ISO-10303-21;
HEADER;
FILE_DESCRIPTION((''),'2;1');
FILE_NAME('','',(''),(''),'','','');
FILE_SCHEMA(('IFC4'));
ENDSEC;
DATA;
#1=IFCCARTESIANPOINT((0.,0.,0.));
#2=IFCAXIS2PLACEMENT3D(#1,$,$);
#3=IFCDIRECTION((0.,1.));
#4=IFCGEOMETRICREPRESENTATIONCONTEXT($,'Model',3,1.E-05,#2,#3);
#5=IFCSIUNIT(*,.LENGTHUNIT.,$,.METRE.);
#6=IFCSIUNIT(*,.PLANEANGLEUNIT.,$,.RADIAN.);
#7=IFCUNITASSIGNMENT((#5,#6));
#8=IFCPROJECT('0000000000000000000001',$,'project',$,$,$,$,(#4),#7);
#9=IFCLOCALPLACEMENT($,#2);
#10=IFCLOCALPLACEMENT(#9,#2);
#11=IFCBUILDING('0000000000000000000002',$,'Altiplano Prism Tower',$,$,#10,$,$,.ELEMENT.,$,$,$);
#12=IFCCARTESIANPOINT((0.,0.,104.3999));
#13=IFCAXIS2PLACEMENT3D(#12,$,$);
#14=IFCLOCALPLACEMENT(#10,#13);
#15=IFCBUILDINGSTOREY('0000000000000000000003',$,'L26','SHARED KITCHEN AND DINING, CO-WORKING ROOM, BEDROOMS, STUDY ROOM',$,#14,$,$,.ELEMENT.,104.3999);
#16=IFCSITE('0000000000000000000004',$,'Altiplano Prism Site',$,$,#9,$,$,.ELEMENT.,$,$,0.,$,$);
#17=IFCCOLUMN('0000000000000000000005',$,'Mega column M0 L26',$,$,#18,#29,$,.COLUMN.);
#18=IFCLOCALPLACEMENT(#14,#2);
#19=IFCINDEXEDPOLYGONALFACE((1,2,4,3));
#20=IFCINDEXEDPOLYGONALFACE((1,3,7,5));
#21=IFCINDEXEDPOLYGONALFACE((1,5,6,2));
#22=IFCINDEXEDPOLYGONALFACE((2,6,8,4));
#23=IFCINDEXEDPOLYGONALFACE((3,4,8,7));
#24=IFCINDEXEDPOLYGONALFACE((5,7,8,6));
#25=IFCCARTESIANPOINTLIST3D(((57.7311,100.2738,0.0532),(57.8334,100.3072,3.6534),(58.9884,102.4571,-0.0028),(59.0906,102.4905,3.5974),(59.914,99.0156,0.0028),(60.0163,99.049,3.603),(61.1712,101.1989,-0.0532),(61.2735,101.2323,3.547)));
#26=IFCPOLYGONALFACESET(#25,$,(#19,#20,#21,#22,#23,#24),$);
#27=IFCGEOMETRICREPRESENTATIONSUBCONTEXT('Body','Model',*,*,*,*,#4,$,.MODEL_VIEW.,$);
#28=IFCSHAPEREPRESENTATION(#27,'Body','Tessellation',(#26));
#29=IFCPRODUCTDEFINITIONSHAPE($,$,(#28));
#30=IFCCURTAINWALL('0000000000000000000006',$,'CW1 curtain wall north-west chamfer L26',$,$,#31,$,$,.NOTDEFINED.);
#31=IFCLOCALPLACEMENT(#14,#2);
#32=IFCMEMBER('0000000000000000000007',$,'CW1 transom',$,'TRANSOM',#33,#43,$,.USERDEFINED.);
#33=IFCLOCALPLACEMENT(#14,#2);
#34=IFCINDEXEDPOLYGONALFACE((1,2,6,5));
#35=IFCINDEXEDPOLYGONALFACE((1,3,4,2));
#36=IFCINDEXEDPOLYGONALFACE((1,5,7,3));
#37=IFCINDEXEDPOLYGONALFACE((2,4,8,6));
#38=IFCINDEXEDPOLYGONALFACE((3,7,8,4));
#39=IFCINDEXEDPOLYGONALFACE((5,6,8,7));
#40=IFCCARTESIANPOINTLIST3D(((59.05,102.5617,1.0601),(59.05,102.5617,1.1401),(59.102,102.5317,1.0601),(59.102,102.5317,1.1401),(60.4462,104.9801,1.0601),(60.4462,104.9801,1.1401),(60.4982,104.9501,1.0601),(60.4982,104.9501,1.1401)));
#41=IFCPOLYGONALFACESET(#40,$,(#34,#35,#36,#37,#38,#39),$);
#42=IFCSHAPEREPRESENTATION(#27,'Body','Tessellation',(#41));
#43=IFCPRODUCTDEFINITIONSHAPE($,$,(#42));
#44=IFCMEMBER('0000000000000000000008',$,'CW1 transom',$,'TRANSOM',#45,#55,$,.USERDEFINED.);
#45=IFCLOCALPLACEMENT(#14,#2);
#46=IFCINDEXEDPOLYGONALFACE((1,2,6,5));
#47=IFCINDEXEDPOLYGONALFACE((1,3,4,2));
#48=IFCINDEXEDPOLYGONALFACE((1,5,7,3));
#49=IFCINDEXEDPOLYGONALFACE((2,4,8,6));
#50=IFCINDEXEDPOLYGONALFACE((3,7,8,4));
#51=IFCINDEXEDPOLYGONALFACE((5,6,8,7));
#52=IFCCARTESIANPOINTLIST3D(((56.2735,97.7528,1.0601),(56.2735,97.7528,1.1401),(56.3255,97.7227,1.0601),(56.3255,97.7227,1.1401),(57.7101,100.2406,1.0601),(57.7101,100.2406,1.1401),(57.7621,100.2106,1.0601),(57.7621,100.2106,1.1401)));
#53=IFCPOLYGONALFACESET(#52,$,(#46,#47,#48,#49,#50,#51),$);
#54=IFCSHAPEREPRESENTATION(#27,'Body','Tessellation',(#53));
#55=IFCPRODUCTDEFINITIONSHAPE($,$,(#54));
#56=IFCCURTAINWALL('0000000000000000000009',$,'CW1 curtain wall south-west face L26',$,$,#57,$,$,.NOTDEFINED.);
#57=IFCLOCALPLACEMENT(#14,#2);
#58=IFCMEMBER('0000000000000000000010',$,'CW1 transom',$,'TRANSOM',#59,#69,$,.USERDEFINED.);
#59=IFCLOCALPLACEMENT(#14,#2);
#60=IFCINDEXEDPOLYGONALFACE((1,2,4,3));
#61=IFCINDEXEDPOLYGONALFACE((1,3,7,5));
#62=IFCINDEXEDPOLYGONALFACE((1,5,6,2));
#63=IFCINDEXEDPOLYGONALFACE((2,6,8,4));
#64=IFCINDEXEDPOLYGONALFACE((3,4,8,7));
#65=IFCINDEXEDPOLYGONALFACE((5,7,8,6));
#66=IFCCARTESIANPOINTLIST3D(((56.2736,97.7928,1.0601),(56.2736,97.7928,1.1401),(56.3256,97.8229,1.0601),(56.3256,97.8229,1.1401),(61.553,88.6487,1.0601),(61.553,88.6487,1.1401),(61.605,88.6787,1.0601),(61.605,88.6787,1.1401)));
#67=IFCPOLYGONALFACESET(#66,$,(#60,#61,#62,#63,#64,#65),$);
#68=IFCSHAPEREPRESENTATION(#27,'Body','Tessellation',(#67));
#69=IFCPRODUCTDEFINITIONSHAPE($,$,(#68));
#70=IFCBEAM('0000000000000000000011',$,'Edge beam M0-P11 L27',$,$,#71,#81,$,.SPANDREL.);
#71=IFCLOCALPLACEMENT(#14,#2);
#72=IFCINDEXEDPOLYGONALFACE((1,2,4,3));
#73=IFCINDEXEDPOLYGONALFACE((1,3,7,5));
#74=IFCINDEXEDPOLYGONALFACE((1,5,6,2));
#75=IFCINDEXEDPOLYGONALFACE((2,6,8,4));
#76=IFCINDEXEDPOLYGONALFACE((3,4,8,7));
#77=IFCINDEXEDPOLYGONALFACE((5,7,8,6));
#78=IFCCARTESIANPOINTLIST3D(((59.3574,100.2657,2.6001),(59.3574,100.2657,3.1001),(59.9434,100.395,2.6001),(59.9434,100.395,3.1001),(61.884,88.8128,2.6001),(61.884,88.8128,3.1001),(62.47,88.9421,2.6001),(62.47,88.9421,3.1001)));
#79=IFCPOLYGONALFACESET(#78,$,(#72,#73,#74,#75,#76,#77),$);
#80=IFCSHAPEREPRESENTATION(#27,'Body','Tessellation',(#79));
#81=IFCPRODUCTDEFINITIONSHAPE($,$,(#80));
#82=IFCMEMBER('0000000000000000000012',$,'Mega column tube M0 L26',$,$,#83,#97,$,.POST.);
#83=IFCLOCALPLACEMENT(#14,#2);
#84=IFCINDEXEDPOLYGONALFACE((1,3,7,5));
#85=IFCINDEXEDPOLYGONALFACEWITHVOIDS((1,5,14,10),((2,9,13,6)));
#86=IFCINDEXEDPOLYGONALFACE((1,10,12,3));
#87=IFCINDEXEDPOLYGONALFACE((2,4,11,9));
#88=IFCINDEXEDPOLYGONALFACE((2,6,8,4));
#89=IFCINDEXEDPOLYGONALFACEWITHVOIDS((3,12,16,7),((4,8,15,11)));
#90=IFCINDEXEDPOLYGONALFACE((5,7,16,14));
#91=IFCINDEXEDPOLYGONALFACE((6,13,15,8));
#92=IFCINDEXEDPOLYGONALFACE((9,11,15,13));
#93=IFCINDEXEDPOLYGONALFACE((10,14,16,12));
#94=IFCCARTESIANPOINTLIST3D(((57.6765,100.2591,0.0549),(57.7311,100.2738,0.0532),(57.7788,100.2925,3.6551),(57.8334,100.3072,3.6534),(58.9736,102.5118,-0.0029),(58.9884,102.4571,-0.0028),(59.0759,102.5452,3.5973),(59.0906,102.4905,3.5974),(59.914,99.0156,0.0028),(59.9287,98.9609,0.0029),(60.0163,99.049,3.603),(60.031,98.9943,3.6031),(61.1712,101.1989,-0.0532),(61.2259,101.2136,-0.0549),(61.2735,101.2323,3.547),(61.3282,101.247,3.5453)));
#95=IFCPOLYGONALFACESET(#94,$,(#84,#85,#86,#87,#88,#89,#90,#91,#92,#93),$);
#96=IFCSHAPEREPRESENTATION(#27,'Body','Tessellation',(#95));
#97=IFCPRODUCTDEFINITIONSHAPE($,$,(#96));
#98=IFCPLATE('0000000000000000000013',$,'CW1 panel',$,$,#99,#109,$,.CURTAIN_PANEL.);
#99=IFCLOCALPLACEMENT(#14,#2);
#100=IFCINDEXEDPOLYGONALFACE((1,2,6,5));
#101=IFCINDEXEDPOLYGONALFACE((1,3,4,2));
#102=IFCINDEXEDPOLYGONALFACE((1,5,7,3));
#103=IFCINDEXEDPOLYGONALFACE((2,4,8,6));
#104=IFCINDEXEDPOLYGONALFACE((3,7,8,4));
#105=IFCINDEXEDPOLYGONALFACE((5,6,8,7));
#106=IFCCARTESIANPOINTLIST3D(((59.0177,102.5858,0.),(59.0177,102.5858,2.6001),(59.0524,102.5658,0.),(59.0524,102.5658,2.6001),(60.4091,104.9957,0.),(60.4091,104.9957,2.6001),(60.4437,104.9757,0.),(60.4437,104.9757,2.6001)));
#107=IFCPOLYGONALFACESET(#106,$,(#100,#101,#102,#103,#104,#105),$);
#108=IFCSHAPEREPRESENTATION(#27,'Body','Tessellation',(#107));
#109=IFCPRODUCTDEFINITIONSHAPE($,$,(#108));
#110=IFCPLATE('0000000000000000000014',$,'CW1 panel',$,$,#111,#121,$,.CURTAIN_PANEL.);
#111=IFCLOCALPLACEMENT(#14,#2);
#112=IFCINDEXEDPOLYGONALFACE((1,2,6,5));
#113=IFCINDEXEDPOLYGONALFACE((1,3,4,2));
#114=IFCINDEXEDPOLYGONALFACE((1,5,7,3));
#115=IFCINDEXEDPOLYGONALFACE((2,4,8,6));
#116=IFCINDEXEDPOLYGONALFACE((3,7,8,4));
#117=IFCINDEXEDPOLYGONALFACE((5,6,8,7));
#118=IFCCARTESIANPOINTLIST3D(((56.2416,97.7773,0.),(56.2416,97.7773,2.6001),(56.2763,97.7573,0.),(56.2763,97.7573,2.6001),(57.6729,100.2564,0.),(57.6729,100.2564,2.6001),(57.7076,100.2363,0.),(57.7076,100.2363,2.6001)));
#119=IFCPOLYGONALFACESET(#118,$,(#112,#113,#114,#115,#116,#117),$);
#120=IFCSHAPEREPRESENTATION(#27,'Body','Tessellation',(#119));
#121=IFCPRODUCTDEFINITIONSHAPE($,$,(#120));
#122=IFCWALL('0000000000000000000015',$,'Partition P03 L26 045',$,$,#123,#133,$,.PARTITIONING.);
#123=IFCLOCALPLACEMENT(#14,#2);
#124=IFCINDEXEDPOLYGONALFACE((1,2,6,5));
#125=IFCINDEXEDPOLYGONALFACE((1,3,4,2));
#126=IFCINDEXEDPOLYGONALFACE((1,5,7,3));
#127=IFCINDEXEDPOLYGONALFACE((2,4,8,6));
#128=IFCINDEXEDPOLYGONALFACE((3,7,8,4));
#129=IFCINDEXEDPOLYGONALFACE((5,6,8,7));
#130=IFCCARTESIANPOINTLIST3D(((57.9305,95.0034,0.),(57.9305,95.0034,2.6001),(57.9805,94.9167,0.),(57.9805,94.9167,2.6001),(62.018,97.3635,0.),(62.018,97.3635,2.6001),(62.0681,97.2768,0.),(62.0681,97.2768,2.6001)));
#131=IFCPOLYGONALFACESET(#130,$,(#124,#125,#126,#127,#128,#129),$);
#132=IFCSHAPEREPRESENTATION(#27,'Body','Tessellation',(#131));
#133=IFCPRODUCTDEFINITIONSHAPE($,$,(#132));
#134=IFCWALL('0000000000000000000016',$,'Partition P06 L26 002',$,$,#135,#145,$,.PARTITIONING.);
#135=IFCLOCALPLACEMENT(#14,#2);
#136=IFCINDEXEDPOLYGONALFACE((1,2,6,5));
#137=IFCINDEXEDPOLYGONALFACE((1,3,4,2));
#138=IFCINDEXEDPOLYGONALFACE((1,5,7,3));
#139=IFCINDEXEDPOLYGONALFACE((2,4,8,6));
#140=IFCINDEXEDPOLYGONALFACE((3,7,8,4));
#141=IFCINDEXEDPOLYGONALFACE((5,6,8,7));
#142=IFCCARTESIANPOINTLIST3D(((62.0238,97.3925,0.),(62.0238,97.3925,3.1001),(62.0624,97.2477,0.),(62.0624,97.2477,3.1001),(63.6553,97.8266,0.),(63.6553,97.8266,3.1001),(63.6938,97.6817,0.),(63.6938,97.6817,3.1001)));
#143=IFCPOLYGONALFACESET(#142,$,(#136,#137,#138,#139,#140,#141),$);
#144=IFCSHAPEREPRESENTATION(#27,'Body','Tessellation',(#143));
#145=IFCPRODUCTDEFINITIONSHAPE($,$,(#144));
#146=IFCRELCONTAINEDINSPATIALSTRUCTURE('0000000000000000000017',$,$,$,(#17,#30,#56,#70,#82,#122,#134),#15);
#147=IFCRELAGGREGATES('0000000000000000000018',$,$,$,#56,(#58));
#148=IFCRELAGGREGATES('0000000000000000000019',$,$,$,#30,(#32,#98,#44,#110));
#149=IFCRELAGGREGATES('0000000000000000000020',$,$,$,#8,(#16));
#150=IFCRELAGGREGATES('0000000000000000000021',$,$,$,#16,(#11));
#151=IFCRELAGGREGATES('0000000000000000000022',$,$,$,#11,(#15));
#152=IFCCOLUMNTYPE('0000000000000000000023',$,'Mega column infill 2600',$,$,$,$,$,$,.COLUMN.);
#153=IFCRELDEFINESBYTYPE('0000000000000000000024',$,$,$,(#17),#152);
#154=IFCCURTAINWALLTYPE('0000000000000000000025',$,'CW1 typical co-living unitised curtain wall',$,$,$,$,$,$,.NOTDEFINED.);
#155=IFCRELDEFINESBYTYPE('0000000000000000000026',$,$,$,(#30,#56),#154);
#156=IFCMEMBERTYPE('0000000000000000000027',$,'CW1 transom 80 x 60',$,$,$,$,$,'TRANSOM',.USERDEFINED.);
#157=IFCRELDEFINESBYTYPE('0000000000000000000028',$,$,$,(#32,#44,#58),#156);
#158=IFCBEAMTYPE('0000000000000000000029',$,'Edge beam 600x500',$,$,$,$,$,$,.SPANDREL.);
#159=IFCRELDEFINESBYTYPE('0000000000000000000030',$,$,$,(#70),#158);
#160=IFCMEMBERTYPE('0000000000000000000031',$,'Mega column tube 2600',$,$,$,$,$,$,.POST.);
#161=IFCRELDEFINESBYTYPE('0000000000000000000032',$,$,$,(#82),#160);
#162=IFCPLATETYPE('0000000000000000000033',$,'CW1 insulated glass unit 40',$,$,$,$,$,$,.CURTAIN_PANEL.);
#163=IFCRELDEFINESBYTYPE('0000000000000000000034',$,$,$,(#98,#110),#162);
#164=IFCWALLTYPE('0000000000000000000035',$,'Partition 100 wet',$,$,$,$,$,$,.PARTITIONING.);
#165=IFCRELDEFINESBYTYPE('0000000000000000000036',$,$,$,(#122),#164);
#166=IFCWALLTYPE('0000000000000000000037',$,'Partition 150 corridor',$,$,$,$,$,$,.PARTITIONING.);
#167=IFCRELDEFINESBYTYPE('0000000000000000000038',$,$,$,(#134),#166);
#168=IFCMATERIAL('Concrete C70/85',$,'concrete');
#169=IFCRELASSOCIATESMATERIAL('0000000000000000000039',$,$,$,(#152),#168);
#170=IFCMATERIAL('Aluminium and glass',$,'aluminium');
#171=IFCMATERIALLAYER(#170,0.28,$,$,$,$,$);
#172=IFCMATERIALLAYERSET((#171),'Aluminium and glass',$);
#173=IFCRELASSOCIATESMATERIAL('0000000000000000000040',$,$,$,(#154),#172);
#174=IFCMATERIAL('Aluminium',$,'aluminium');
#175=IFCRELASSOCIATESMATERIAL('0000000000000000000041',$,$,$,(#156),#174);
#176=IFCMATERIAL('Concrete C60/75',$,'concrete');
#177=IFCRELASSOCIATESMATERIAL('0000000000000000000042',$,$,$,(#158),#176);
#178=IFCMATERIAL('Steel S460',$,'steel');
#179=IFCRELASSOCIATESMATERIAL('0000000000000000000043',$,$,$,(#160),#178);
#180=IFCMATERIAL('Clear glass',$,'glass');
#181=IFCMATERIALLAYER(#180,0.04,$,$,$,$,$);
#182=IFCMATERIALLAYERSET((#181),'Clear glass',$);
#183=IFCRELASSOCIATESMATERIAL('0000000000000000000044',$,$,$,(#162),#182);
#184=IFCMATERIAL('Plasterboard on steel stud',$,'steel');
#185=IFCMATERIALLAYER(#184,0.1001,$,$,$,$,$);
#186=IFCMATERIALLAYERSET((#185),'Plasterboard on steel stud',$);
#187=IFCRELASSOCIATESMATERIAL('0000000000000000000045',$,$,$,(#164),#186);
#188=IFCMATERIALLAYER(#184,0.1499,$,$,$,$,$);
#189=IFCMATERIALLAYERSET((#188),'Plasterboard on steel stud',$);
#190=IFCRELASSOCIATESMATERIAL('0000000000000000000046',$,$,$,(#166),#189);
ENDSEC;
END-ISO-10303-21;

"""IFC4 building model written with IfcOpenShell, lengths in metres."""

from ifc_helpers import new_model, si_unit, direction, frame, frame_2d, origin, origin_2d, place, context, subcontext, project, spatial, rectangle, hollow_rectangle, extrude, material, layer, layer_set, material_profile, profile_set, type_object, element, aggregate, save


model = new_model("IFC4")

# Units and contexts
model_context = context("Model", 3, precision=1e-05, world=origin(), true_north=direction((0.0, 1.0)))
body_context = subcontext(model_context, "Body", "Model", "MODEL_VIEW")
ifc_project = project(units=[si_unit("LENGTHUNIT", "METRE"), si_unit("PLANEANGLEUNIT", "RADIAN")], contexts=[model_context])

# Site, building, storey
site_placement = place(None, origin())
site = spatial("IfcSite", under=ifc_project, at=site_placement, Name="Altiplano Prism Site", CompositionType="ELEMENT", RefElevation=0.0)
building_placement = place(site_placement, origin())
building = spatial("IfcBuilding", under=site, at=building_placement, Name="Altiplano Prism Tower", CompositionType="ELEMENT")
storey_placement = place(building_placement, frame((0.0, 0.0, 104.3999)))
storey = spatial("IfcBuildingStorey", under=building, at=storey_placement, Name="L26", Description="SHARED KITCHEN AND DINING, CO-WORKING ROOM, BEDROOMS, STUDY ROOM", CompositionType="ELEMENT", Elevation=104.3999)

# Column
ifc_material_1 = material(Name="Concrete C70/85", Category="concrete")
ifc_material_profile_1 = material_profile(ifc_material_1, rectangle(XDim=2.52, YDim=2.52, at=origin_2d()), Name="Mega column infill 2600")
ifc_profile_set_1 = profile_set([ifc_material_profile_1], Name="Concrete C70/85")
column_type = type_object("IfcColumnType", Name="Mega column infill 2600", PredefinedType="COLUMN", material=ifc_profile_set_1)
column_placement = place(storey_placement, frame((59.4512, 100.7363, 0.0), z_axis=(0.028402, 0.009287, 0.999553), x_axis=(-0.866202, 0.499295, 0.019974)))
element("IfcColumn", 1, at=column_placement, inside=storey, type_object=column_type, Name="Mega column M0 L26", PredefinedType="COLUMN", context=body_context, shape_type="SweptSolid", body=[
    extrude(rectangle(XDim=2.52, YDim=2.52, at=origin_2d()), origin(), (0.0, 0.0, 1.0), 3.6018),
])

# Curtain wall, members
ifc_material_2 = material(Name="Aluminium and glass", Category="aluminium")
ifc_layer_1 = layer(ifc_material_2, 0.28)
ifc_layer_set_1 = layer_set([ifc_layer_1], Name="Aluminium and glass")
curtain_wall_type = type_object("IfcCurtainWallType", Name="CW1 typical co-living unitised curtain wall", PredefinedType="NOTDEFINED", material=ifc_layer_set_1)
curtain_wall_1_placement = place(storey_placement, origin())
curtain_wall_1 = element("IfcCurtainWall", 2, at=curtain_wall_1_placement, inside=storey, type_object=curtain_wall_type, Name="CW1 curtain wall north-west chamfer L26", PredefinedType="NOTDEFINED")
ifc_material_3 = material(Name="Aluminium", Category="aluminium")
ifc_material_profile_2 = material_profile(ifc_material_3, rectangle(XDim=0.0601, YDim=0.0801, at=origin_2d()), Name="CW1 transom 80 x 60")
ifc_profile_set_2 = profile_set([ifc_material_profile_2], Name="Aluminium")
member_type_1 = type_object("IfcMemberType", Name="CW1 transom 80 x 60", ElementType="TRANSOM", PredefinedType="USERDEFINED", material=ifc_profile_set_2)
member_1_placement = place(storey_placement, frame((60.4722, 104.9651, 1.1001), z_axis=(-0.499985, -0.866034, 0.0), x_axis=(0.866034, -0.499985, 0.0)))
member_1 = element("IfcMember", 3, at=member_1_placement, type_object=member_type_1, Name="CW1 transom", ObjectType="TRANSOM", PredefinedType="USERDEFINED", context=body_context, shape_type="SweptSolid", body=[
    extrude(rectangle(XDim=0.0601, YDim=0.0801, at=origin_2d()), origin(), (0.0, 0.0, 1.0), 2.7925),
])
member_2_placement = place(storey_placement, frame((57.7361, 100.2256, 1.1001), z_axis=(-0.500051, -0.865996, 0.0), x_axis=(0.865996, -0.500051, 0.0)))
member_2 = element("IfcMember", 4, at=member_2_placement, type_object=member_type_1, Name="CW1 transom", ObjectType="TRANSOM", PredefinedType="USERDEFINED", context=body_context, shape_type="SweptSolid", body=[
    extrude(rectangle(XDim=0.0601, YDim=0.0801, at=origin_2d()), origin(), (0.0, 0.0, 1.0), 2.8728),
])

# Curtain wall, member
curtain_wall_2_placement = place(storey_placement, origin())
curtain_wall_2 = element("IfcCurtainWall", 5, at=curtain_wall_2_placement, inside=storey, type_object=curtain_wall_type, Name="CW1 curtain wall south-west face L26", PredefinedType="NOTDEFINED")
member_3_placement = place(storey_placement, frame((56.2996, 97.8079, 1.1001), z_axis=(0.500006, -0.866022, 0.0), x_axis=(0.866022, 0.500006, 0.0)))
member_3 = element("IfcMember", 6, at=member_3_placement, type_object=member_type_1, Name="CW1 transom", ObjectType="TRANSOM", PredefinedType="USERDEFINED", context=body_context, shape_type="SweptSolid", body=[
    extrude(rectangle(XDim=0.0601, YDim=0.0801, at=origin_2d()), origin(), (0.0, 0.0, 1.0), 10.5588),
])
aggregate(curtain_wall_2, [member_3])

# Beam
ifc_material_4 = material(Name="Concrete C60/75", Category="concrete")
ifc_material_profile_3 = material_profile(ifc_material_4, rectangle(XDim=0.6001, YDim=0.5, at=origin_2d()), Name="Edge beam 600x500")
ifc_profile_set_3 = profile_set([ifc_material_profile_3], Name="Concrete C60/75")
beam_type = type_object("IfcBeamType", Name="Edge beam 600x500", PredefinedType="SPANDREL", material=ifc_profile_set_3)
beam_placement = place(storey_placement, frame((59.6504, 100.3303, 2.8501), z_axis=(0.215429, -0.976519, 0.0), x_axis=(0.976519, 0.215429, 0.0)))
element("IfcBeam", 7, at=beam_placement, inside=storey, type_object=beam_type, Name="Edge beam M0-P11 L27", PredefinedType="SPANDREL", context=body_context, shape_type="SweptSolid", body=[
    extrude(rectangle(XDim=0.6001, YDim=0.5, at=origin_2d()), origin(), (0.0, 0.0, 1.0), 11.7283),
])

# Member
ifc_material_5 = material(Name="Steel S460", Category="steel")
ifc_material_profile_4 = material_profile(ifc_material_5, hollow_rectangle(XDim=2.6001, YDim=2.6001, WallThickness=0.04, at=origin_2d()), Name="Mega column tube 2600")
ifc_profile_set_4 = profile_set([ifc_material_profile_4], Name="Steel S460")
member_type_2 = type_object("IfcMemberType", Name="Mega column tube 2600", PredefinedType="POST", material=ifc_profile_set_4)
member_4_placement = place(storey_placement, frame((59.4512, 100.7363, 0.0), z_axis=(0.028402, 0.009287, 0.999553), x_axis=(-0.866202, 0.499295, 0.019974)))
element("IfcMember", 8, at=member_4_placement, inside=storey, type_object=member_type_2, Name="Mega column tube M0 L26", PredefinedType="POST", context=body_context, shape_type="SweptSolid", body=[
    extrude(hollow_rectangle(XDim=2.6001, YDim=2.6001, WallThickness=0.04, at=origin_2d()), origin(), (0.0, 0.0, 1.0), 3.6018),
])

# Plates
ifc_material_6 = material(Name="Clear glass", Category="glass")
ifc_layer_2 = layer(ifc_material_6, 0.04)
ifc_layer_set_2 = layer_set([ifc_layer_2], Name="Clear glass")
plate_type = type_object("IfcPlateType", Name="CW1 insulated glass unit 40", PredefinedType="CURTAIN_PANEL", material=ifc_layer_set_2)
plate_1_placement = place(storey_placement, frame((59.7307, 103.7808, 0.0), z_axis=(0.0, 0.0, 1.0), x_axis=(-0.5, -0.866025, 0.0)))
plate_1 = element("IfcPlate", 9, at=plate_1_placement, type_object=plate_type, Name="CW1 panel", PredefinedType="CURTAIN_PANEL", context=body_context, shape_type="SweptSolid", body=[
    extrude(rectangle(XDim=2.7827, YDim=0.04, at=origin_2d()), origin(), (0.0, 0.0, 1.0), 2.6001),
])
plate_2_placement = place(storey_placement, frame((56.9746, 99.0068, 0.0), z_axis=(0.0, 0.0, 1.0), x_axis=(-0.5, -0.866025, 0.0)))
plate_2 = element("IfcPlate", 10, at=plate_2_placement, type_object=plate_type, Name="CW1 panel", PredefinedType="CURTAIN_PANEL", context=body_context, shape_type="SweptSolid", body=[
    extrude(rectangle(XDim=2.8625, YDim=0.04, at=origin_2d()), origin(), (0.0, 0.0, 1.0), 2.6001),
])
aggregate(curtain_wall_1, [member_1, plate_1, member_2, plate_2])

# Walls
ifc_material_7 = material(Name="Plasterboard on steel stud", Category="steel")
ifc_layer_3 = layer(ifc_material_7, 0.1001)
ifc_layer_set_3 = layer_set([ifc_layer_3], Name="Plasterboard on steel stud")
wall_type_1 = type_object("IfcWallType", Name="Partition 100 wet", PredefinedType="PARTITIONING", material=ifc_layer_set_3)
wall_1_placement = place(storey_placement, frame((62.043, 97.3201, 0.0), z_axis=(0.0, 0.0, 1.0), x_axis=(-0.866016, -0.500016, 0.0)))
element("IfcWall", 11, at=wall_1_placement, inside=storey, type_object=wall_type_1, Name="Partition P03 L26 045", PredefinedType="PARTITIONING", context=body_context, shape_type="SweptSolid", body=[
    extrude(rectangle(XDim=4.72, YDim=0.1001, at=frame_2d((2.3599, 0.0))), origin(), (0.0, 0.0, 1.0), 2.6001),
])
ifc_layer_4 = layer(ifc_material_7, 0.1499)
ifc_layer_set_4 = layer_set([ifc_layer_4], Name="Plasterboard on steel stud")
wall_type_2 = type_object("IfcWallType", Name="Partition 150 corridor", PredefinedType="PARTITIONING", material=ifc_layer_set_4)
wall_2_placement = place(storey_placement, frame((62.043, 97.3201, 0.0), z_axis=(0.0, 0.0, 1.0), x_axis=(0.966384, 0.257105, 0.0)))
element("IfcWall", 12, at=wall_2_placement, inside=storey, type_object=wall_type_2, Name="Partition P06 L26 002", PredefinedType="PARTITIONING", context=body_context, shape_type="SweptSolid", body=[
    extrude(rectangle(XDim=1.6882, YDim=0.1499, at=frame_2d((0.8442, 0.0))), origin(), (0.0, 0.0, 1.0), 3.1001),
])

save(model, "model.ifc")
